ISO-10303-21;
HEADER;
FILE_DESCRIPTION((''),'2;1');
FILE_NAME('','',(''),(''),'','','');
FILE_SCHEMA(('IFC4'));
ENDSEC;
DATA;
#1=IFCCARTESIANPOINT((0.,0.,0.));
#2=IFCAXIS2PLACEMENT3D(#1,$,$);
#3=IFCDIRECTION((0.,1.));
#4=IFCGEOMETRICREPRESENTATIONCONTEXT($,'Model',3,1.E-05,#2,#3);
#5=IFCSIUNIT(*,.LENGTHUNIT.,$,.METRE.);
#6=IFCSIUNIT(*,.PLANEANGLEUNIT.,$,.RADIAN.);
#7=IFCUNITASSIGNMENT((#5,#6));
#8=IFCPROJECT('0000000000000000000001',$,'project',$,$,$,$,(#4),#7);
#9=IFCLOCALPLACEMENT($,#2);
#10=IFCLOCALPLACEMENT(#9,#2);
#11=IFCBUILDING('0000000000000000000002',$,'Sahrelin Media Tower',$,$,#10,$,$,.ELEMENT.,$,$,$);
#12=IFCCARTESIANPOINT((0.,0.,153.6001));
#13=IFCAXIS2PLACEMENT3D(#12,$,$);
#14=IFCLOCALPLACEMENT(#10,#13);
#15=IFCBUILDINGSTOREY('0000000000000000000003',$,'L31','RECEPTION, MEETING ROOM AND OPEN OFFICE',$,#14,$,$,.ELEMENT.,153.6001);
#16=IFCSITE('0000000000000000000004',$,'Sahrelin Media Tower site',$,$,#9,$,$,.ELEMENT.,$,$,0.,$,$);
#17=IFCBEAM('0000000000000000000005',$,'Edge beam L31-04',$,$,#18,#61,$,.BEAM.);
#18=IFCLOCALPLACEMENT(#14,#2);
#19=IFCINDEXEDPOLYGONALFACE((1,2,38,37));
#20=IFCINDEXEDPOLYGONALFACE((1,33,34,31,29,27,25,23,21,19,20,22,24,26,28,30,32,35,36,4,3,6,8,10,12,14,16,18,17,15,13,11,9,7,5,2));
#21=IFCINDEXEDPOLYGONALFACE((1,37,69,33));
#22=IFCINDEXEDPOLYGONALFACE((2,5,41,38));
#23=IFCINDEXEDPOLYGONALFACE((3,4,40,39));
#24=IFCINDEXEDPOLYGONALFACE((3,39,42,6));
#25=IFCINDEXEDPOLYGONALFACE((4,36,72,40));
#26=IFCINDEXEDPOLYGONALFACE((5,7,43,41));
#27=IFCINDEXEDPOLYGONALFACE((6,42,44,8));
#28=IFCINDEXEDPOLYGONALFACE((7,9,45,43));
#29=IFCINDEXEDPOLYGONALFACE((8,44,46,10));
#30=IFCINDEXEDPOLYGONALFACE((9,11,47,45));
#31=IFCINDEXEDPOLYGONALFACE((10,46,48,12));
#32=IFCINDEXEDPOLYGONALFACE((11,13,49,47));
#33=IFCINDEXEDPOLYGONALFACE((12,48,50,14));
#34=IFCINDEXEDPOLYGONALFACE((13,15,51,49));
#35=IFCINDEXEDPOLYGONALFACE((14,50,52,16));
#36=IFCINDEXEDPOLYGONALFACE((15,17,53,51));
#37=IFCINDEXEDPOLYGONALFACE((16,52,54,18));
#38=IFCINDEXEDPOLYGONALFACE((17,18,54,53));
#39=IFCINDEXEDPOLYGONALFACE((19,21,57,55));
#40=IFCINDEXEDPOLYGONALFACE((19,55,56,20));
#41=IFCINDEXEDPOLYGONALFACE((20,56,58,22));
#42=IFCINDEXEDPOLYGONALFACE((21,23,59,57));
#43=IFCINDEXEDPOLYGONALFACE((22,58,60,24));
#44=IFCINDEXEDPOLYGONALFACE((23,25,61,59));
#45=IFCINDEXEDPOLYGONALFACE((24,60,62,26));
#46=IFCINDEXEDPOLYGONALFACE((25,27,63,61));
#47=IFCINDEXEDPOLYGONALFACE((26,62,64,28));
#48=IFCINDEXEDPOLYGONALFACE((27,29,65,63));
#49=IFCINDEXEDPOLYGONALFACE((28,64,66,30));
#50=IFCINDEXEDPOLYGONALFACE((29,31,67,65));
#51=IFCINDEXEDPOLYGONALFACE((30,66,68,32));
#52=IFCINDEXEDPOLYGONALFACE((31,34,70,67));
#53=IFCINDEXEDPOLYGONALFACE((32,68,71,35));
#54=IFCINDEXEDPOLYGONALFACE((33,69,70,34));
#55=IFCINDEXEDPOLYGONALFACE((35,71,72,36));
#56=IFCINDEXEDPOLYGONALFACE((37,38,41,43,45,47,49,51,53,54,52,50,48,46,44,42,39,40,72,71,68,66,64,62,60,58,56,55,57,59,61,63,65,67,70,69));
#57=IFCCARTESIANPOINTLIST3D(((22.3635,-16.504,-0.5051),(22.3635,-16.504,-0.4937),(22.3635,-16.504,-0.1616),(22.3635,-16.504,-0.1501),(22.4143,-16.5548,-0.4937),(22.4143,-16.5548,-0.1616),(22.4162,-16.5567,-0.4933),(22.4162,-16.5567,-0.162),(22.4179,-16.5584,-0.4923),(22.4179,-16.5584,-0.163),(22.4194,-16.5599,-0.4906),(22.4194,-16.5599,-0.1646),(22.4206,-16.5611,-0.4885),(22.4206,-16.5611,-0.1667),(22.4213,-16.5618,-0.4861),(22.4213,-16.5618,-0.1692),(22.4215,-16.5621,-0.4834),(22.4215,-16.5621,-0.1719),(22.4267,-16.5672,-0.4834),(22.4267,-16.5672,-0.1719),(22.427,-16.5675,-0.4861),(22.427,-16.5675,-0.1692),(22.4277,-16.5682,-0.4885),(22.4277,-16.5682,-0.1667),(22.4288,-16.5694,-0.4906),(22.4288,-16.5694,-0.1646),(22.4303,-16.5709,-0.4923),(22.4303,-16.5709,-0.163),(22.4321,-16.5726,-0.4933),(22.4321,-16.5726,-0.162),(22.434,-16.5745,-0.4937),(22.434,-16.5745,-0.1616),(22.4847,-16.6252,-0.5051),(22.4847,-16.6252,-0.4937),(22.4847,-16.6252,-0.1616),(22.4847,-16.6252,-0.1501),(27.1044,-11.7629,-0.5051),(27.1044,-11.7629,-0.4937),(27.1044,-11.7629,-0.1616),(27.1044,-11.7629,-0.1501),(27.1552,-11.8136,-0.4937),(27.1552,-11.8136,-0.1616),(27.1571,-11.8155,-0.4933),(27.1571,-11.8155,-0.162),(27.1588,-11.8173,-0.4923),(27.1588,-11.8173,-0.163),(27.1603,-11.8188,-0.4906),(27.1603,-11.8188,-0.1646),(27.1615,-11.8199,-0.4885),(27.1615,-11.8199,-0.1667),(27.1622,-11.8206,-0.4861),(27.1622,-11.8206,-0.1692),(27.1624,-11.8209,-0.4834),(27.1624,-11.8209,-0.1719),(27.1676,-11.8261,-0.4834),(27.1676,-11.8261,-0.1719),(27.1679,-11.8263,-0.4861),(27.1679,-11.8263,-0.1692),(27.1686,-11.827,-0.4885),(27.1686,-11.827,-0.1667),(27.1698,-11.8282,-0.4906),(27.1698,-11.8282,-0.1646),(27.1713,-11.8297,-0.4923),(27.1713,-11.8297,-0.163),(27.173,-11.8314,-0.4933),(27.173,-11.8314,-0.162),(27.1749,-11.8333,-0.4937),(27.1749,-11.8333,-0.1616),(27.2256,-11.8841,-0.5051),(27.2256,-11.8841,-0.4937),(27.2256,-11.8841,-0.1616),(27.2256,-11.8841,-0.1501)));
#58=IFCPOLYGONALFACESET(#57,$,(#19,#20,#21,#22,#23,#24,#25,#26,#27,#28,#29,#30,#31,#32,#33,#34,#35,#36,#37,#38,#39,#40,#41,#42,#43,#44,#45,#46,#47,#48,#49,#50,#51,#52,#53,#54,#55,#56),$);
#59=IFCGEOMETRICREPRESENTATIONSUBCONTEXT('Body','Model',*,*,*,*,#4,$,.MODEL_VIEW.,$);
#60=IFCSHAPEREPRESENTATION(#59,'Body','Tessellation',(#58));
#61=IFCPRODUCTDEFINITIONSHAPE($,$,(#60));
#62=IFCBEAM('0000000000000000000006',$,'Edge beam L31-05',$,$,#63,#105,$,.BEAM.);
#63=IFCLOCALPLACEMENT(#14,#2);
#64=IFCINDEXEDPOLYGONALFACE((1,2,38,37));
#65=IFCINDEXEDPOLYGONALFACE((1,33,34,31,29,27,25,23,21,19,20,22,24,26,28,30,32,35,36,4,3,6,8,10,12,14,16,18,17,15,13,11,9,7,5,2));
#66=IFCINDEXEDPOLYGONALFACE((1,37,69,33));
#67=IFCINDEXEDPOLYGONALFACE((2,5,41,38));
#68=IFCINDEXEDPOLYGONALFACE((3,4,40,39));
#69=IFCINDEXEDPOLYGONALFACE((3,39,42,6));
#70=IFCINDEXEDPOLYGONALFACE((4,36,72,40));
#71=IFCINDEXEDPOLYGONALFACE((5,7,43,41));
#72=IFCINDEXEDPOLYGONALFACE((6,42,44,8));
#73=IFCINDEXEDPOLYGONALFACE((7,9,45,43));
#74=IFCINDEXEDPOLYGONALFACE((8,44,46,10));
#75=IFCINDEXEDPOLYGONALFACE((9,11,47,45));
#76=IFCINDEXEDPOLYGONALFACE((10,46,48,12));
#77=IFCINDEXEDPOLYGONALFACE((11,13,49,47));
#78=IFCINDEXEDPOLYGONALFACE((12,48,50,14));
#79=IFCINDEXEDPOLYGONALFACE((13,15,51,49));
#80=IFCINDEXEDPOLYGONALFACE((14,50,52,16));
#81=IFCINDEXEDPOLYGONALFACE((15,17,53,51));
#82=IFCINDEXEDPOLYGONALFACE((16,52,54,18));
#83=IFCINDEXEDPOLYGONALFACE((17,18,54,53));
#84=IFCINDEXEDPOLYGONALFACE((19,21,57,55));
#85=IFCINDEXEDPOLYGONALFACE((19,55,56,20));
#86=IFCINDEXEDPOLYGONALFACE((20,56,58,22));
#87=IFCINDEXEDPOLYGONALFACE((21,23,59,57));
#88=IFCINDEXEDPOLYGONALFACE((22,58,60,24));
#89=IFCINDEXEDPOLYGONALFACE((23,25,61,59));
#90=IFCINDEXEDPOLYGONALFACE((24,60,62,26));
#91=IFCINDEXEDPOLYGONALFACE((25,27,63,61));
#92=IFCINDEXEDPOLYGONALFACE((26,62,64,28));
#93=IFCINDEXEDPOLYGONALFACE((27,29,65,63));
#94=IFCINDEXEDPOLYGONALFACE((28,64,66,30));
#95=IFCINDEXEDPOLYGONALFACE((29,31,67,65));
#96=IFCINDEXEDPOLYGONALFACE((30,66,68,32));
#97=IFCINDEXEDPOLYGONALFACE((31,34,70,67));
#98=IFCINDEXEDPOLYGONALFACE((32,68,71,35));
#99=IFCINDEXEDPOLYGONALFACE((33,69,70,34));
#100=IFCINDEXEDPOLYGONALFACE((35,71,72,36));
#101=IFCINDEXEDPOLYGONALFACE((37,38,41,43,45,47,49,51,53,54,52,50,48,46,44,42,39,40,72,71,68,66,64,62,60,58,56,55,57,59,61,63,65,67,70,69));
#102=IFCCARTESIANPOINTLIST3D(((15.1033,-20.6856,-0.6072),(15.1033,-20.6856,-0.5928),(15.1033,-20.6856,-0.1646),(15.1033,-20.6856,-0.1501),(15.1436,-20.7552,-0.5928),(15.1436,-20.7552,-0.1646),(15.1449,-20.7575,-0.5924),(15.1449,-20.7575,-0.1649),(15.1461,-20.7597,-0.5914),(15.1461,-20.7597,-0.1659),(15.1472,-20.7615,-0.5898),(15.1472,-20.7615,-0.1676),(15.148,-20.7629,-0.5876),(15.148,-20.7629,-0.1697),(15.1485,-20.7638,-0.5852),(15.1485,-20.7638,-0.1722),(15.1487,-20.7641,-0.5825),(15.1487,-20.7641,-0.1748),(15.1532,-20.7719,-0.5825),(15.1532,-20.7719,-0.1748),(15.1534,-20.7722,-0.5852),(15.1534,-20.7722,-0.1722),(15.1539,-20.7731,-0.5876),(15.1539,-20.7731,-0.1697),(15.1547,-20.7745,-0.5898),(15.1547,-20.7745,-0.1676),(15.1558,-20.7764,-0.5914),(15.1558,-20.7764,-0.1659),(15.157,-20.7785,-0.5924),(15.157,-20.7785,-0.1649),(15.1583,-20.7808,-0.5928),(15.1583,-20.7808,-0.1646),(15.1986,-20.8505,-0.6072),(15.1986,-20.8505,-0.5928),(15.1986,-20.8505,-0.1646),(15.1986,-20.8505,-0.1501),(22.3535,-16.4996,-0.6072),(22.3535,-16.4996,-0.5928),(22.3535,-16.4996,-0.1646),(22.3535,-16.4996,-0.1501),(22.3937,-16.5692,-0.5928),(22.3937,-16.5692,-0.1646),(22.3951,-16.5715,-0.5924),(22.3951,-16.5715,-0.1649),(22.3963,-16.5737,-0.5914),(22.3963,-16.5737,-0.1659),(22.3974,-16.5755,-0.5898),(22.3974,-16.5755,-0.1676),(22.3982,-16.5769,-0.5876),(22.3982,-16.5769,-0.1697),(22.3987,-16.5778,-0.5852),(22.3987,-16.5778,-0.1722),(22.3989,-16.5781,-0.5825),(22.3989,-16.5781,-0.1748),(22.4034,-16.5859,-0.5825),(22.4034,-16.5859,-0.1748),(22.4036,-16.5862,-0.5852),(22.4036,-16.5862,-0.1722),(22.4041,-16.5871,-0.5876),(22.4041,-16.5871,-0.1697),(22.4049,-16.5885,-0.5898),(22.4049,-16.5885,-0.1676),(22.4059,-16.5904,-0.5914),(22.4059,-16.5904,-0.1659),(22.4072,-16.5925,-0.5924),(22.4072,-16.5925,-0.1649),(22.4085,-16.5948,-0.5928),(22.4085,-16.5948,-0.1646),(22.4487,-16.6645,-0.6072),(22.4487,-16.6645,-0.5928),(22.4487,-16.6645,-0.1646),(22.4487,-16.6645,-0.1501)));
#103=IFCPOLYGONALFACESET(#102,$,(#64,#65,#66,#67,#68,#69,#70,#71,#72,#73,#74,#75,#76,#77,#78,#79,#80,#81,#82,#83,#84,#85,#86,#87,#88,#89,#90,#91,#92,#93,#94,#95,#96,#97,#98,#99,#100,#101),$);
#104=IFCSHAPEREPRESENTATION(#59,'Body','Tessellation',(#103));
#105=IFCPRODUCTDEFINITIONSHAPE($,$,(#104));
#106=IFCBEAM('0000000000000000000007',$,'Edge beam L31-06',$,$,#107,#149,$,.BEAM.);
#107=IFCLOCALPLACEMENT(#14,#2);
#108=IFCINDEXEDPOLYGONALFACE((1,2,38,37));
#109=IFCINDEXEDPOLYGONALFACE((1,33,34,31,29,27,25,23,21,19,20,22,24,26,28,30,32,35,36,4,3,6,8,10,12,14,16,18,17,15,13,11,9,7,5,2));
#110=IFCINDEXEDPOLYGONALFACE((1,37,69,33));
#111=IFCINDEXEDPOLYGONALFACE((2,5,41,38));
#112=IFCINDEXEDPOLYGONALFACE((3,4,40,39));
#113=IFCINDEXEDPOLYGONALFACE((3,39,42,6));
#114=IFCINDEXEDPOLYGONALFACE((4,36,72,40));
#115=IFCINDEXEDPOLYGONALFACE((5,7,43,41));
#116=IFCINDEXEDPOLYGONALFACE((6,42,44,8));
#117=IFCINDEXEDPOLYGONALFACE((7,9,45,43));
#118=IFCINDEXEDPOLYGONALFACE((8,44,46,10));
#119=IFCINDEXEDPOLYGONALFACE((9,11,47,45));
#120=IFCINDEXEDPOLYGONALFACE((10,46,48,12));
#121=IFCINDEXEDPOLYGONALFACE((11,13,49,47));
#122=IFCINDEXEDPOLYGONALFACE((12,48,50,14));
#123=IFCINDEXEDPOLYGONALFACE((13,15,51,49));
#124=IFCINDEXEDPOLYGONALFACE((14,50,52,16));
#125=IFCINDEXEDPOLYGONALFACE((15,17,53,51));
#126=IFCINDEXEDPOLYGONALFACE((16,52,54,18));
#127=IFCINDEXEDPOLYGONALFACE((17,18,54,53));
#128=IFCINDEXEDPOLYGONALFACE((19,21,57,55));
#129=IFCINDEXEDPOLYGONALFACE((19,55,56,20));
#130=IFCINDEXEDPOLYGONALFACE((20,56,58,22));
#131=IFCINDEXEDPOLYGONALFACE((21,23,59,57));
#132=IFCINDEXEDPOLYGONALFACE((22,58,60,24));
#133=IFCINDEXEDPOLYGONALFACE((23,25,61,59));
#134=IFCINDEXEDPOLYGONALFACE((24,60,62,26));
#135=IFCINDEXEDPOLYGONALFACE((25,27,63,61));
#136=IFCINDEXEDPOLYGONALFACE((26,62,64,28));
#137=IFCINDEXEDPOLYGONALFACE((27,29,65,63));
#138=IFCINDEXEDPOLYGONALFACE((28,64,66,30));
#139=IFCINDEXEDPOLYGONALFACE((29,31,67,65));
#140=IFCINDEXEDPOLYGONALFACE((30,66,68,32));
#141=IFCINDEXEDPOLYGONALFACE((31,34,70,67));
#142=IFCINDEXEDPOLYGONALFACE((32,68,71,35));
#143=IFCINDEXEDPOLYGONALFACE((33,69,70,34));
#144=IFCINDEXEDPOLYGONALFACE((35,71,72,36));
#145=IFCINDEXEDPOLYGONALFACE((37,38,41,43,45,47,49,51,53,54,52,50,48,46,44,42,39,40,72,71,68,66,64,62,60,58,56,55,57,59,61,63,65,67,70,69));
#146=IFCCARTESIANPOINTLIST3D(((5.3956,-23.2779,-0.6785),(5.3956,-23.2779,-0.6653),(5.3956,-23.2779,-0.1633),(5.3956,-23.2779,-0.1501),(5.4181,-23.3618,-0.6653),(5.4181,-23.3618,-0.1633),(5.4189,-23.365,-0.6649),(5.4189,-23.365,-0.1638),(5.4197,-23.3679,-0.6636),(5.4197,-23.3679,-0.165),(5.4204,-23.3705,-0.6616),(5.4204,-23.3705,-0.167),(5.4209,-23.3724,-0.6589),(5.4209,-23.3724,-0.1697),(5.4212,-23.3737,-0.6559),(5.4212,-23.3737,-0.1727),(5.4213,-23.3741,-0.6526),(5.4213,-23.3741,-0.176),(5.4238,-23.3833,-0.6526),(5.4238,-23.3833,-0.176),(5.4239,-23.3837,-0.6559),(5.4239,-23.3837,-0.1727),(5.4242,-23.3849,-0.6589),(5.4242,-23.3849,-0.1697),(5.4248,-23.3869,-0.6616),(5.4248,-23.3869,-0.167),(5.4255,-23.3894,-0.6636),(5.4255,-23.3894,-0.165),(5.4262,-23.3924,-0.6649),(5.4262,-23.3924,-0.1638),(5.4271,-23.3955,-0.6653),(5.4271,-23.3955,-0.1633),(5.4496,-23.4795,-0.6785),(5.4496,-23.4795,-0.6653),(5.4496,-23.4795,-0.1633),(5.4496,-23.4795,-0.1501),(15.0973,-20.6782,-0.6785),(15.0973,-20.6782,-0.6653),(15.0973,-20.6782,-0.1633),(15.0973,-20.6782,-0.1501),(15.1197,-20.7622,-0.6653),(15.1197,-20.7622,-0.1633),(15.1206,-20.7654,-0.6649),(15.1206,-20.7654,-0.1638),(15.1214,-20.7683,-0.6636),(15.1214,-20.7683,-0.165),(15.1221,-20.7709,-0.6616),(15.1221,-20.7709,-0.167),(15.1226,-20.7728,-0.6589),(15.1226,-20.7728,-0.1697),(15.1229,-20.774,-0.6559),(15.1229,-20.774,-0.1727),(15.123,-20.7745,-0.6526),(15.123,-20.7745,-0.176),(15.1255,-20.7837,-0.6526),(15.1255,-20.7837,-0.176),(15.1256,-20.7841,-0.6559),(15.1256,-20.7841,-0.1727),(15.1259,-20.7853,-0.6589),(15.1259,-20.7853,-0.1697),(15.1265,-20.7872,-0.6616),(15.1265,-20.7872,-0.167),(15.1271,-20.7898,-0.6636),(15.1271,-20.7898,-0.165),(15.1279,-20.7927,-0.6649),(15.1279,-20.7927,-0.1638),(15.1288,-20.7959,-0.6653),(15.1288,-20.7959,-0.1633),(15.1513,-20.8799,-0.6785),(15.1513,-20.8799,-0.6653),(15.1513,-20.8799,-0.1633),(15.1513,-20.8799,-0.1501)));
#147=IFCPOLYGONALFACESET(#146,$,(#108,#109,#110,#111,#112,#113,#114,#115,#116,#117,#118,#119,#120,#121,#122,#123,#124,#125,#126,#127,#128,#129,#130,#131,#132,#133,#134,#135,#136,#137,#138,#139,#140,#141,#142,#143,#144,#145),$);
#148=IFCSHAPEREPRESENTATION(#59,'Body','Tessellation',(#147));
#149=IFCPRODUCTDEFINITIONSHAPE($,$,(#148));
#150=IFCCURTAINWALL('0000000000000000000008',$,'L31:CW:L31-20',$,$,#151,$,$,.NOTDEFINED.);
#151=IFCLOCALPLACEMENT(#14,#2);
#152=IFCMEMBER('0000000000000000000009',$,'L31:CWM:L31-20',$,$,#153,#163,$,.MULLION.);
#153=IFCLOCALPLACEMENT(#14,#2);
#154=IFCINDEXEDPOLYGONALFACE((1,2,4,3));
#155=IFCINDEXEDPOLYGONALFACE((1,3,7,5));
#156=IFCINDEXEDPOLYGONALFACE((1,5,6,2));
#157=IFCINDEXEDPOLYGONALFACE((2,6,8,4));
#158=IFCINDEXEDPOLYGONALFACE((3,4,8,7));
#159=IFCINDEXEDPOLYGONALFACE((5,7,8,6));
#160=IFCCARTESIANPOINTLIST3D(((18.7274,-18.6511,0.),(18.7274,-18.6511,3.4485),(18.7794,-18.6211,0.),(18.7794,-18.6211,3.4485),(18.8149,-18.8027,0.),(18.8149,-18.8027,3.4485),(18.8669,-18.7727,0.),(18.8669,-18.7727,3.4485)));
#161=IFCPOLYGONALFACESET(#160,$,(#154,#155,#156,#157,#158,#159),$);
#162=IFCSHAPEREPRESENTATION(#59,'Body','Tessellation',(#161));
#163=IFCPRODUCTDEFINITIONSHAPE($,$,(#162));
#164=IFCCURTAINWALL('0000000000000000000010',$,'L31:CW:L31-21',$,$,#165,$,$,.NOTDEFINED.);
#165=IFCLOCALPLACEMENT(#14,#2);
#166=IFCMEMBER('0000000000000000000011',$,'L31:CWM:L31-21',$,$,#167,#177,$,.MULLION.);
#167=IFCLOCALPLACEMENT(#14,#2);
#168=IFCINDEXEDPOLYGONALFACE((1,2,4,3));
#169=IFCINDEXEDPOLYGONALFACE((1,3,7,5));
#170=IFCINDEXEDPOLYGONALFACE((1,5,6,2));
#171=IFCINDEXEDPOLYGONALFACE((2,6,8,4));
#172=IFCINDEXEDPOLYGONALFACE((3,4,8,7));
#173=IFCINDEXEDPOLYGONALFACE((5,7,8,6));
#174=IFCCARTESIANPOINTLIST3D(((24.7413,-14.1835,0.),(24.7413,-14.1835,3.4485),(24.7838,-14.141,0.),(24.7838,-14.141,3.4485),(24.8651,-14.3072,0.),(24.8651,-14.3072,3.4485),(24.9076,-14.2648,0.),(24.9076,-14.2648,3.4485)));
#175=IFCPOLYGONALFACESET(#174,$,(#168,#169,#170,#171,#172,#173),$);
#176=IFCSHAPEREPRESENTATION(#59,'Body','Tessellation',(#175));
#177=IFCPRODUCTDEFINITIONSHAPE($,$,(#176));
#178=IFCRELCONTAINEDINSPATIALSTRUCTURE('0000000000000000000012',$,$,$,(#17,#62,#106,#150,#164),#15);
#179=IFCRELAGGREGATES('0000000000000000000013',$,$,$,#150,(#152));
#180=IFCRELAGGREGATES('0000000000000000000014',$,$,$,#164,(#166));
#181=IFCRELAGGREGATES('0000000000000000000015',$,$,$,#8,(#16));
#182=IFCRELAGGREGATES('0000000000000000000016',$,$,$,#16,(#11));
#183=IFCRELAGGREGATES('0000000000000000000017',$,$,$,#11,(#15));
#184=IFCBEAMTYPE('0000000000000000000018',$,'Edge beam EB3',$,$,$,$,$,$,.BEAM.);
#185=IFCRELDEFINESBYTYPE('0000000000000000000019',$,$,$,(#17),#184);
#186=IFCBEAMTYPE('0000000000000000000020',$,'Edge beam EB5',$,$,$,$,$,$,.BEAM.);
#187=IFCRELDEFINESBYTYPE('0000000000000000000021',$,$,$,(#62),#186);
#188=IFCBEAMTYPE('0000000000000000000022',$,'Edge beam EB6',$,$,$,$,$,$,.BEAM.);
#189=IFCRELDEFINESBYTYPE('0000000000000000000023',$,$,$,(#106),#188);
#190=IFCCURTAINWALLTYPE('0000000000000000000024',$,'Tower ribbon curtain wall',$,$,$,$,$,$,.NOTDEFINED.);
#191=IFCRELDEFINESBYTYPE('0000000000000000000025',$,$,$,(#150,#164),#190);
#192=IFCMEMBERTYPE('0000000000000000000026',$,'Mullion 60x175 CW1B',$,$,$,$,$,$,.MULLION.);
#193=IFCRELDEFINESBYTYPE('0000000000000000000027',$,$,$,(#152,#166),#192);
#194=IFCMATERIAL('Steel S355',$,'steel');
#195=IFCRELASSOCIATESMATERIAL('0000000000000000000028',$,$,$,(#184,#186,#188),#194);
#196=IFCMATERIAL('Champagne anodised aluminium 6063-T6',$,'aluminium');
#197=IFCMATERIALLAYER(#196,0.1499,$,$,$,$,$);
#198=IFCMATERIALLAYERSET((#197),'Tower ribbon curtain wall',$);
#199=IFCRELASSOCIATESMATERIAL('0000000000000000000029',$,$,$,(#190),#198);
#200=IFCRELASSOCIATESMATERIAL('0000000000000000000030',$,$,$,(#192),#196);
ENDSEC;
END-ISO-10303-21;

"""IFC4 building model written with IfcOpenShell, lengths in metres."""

from ifc_helpers import new_model, si_unit, direction, frame, origin, origin_2d, place, context, subcontext, project, spatial, rectangle, i_section, extrude, material, layer, layer_set, material_profile, profile_set, type_object, element, aggregate, save


model = new_model("IFC4")

# Units and contexts
model_context = context("Model", 3, precision=1e-05, world=origin(), true_north=direction((0.0, 1.0)))
body_context = subcontext(model_context, "Body", "Model", "MODEL_VIEW")
ifc_project = project(units=[si_unit("LENGTHUNIT", "METRE"), si_unit("PLANEANGLEUNIT", "RADIAN")], contexts=[model_context])

# Site, building, storey
site_placement = place(None, origin())
site = spatial("IfcSite", under=ifc_project, at=site_placement, Name="Sahrelin Media Tower site", CompositionType="ELEMENT", RefElevation=0.0)
building_placement = place(site_placement, origin())
building = spatial("IfcBuilding", under=site, at=building_placement, Name="Sahrelin Media Tower", CompositionType="ELEMENT")
storey_placement = place(building_placement, frame((0.0, 0.0, 153.6001)))
storey = spatial("IfcBuildingStorey", under=building, at=storey_placement, Name="L31", Description="RECEPTION, MEETING ROOM AND OPEN OFFICE", CompositionType="ELEMENT", Elevation=153.6001)

# Beams
ifc_material_1 = material(Name="Steel S355", Category="steel")
ifc_material_profile_1 = material_profile(ifc_material_1, i_section(OverallWidth=0.1714, OverallDepth=0.355, WebThickness=0.0073, FlangeThickness=0.0115, FilletRadius=0.0103, at=origin_2d()), Name="UB 356x171x51")
ifc_profile_set_1 = profile_set([ifc_material_profile_1], Name="Steel S355")
beam_type_1 = type_object("IfcBeamType", Name="Edge beam EB3", PredefinedType="BEAM", material=ifc_profile_set_1)
beam_1_placement = place(storey_placement, frame((27.165, -11.8235, -0.3276), z_axis=(-0.707089, -0.707125, 0.0), x_axis=(0.707125, -0.707089, 0.0)))
element("IfcBeam", 1, at=beam_1_placement, inside=storey, type_object=beam_type_1, Name="Edge beam L31-04", PredefinedType="BEAM", context=body_context, shape_type="SweptSolid", body=[
    extrude(i_section(OverallWidth=0.1714, OverallDepth=0.355, WebThickness=0.0073, FlangeThickness=0.0115, FilletRadius=0.0103, at=origin_2d()), origin(), (0.0, 0.0, 1.0), 6.7048),
])
ifc_material_profile_2 = material_profile(ifc_material_1, i_section(OverallWidth=0.1904, OverallDepth=0.457, WebThickness=0.009, FlangeThickness=0.0144, FilletRadius=0.0103, at=origin_2d()), Name="UB 457x191x74")
ifc_profile_set_2 = profile_set([ifc_material_profile_2], Name="Steel S355")
beam_type_2 = type_object("IfcBeamType", Name="Edge beam EB5", PredefinedType="BEAM", material=ifc_profile_set_2)
beam_2_placement = place(storey_placement, frame((22.4011, -16.582, -0.3787), z_axis=(-0.86602, -0.500009, 0.0), x_axis=(0.500009, -0.86602, 0.0)))
element("IfcBeam", 2, at=beam_2_placement, inside=storey, type_object=beam_type_2, Name="Edge beam L31-05", PredefinedType="BEAM", context=body_context, shape_type="SweptSolid", body=[
    extrude(i_section(OverallWidth=0.1904, OverallDepth=0.457, WebThickness=0.009, FlangeThickness=0.0144, FilletRadius=0.0103, at=origin_2d()), origin(), (0.0, 0.0, 1.0), 8.3718),
])
ifc_material_profile_3 = material_profile(ifc_material_1, i_section(OverallWidth=0.2087, OverallDepth=0.5283, WebThickness=0.0095, FlangeThickness=0.0132, FilletRadius=0.0127, at=origin_2d()), Name="UB 533x210x82")
ifc_profile_set_3 = profile_set([ifc_material_profile_3], Name="Steel S355")
beam_type_3 = type_object("IfcBeamType", Name="Edge beam EB6", PredefinedType="BEAM", material=ifc_profile_set_3)
beam_3_placement = place(storey_placement, frame((15.1243, -20.7791, -0.4143), z_axis=(-0.965924, -0.258824, 0.0), x_axis=(0.258824, -0.965924, 0.0)))
element("IfcBeam", 3, at=beam_3_placement, inside=storey, type_object=beam_type_3, Name="Edge beam L31-06", PredefinedType="BEAM", context=body_context, shape_type="SweptSolid", body=[
    extrude(i_section(OverallWidth=0.2087, OverallDepth=0.5283, WebThickness=0.0095, FlangeThickness=0.0132, FilletRadius=0.0127, at=origin_2d()), origin(), (0.0, 0.0, 1.0), 10.0439),
])

# Curtain walls, members
ifc_material_2 = material(Name="Champagne anodised aluminium 6063-T6", Category="aluminium")
ifc_layer_1 = layer(ifc_material_2, 0.1499)
ifc_layer_set_1 = layer_set([ifc_layer_1], Name="Tower ribbon curtain wall")
curtain_wall_type = type_object("IfcCurtainWallType", Name="Tower ribbon curtain wall", PredefinedType="NOTDEFINED", material=ifc_layer_set_1)
curtain_wall_1_placement = place(storey_placement, frame((18.8511, -18.8049, 0.0), z_axis=(0.0, 0.0, 1.0), x_axis=(1.0, 0.0, 0.0)))
curtain_wall_1 = element("IfcCurtainWall", 4, at=curtain_wall_1_placement, inside=storey, type_object=curtain_wall_type, Name="L31:CW:L31-20", PredefinedType="NOTDEFINED")
ifc_material_profile_4 = material_profile(ifc_material_2, rectangle(XDim=0.0601, YDim=0.175, at=origin_2d()), Name="Mullion 60x175")
ifc_profile_set_4 = profile_set([ifc_material_profile_4], Name="Champagne anodised aluminium 6063-T6")
member_type_1 = type_object("IfcMemberType", Name="Mullion 60x175 CW1B", PredefinedType="MULLION", material=ifc_profile_set_4)
member_1_placement = place(storey_placement, frame((18.7971, -18.7119, 0.0), z_axis=(0.0, 0.0, 1.0), x_axis=(0.866025, 0.5, 0.0)))
member_1 = element("IfcMember", 5, at=member_1_placement, type_object=member_type_1, Name="L31:CWM:L31-20", PredefinedType="MULLION", context=body_context, shape_type="SweptSolid", body=[
    extrude(rectangle(XDim=0.0601, YDim=0.175, at=origin_2d()), origin(), (0.0, 0.0, 1.0), 3.4485),
])
curtain_wall_2_placement = place(storey_placement, frame((24.9004, -14.3, 0.0), z_axis=(0.0, 0.0, 1.0), x_axis=(1.0, 0.0, 0.0)))
curtain_wall_2 = element("IfcCurtainWall", 6, at=curtain_wall_2_placement, inside=storey, type_object=curtain_wall_type, Name="L31:CW:L31-21", PredefinedType="NOTDEFINED")
member_2_placement = place(storey_placement, frame((24.8245, -14.2241, 0.0), z_axis=(0.0, 0.0, 1.0), x_axis=(0.707107, 0.707107, 0.0)))
member_2 = element("IfcMember", 7, at=member_2_placement, type_object=member_type_1, Name="L31:CWM:L31-21", PredefinedType="MULLION", context=body_context, shape_type="SweptSolid", body=[
    extrude(rectangle(XDim=0.0601, YDim=0.175, at=origin_2d()), origin(), (0.0, 0.0, 1.0), 3.4485),
])

aggregate(curtain_wall_1, [member_1])
aggregate(curtain_wall_2, [member_2])

save(model, "model.ifc")
